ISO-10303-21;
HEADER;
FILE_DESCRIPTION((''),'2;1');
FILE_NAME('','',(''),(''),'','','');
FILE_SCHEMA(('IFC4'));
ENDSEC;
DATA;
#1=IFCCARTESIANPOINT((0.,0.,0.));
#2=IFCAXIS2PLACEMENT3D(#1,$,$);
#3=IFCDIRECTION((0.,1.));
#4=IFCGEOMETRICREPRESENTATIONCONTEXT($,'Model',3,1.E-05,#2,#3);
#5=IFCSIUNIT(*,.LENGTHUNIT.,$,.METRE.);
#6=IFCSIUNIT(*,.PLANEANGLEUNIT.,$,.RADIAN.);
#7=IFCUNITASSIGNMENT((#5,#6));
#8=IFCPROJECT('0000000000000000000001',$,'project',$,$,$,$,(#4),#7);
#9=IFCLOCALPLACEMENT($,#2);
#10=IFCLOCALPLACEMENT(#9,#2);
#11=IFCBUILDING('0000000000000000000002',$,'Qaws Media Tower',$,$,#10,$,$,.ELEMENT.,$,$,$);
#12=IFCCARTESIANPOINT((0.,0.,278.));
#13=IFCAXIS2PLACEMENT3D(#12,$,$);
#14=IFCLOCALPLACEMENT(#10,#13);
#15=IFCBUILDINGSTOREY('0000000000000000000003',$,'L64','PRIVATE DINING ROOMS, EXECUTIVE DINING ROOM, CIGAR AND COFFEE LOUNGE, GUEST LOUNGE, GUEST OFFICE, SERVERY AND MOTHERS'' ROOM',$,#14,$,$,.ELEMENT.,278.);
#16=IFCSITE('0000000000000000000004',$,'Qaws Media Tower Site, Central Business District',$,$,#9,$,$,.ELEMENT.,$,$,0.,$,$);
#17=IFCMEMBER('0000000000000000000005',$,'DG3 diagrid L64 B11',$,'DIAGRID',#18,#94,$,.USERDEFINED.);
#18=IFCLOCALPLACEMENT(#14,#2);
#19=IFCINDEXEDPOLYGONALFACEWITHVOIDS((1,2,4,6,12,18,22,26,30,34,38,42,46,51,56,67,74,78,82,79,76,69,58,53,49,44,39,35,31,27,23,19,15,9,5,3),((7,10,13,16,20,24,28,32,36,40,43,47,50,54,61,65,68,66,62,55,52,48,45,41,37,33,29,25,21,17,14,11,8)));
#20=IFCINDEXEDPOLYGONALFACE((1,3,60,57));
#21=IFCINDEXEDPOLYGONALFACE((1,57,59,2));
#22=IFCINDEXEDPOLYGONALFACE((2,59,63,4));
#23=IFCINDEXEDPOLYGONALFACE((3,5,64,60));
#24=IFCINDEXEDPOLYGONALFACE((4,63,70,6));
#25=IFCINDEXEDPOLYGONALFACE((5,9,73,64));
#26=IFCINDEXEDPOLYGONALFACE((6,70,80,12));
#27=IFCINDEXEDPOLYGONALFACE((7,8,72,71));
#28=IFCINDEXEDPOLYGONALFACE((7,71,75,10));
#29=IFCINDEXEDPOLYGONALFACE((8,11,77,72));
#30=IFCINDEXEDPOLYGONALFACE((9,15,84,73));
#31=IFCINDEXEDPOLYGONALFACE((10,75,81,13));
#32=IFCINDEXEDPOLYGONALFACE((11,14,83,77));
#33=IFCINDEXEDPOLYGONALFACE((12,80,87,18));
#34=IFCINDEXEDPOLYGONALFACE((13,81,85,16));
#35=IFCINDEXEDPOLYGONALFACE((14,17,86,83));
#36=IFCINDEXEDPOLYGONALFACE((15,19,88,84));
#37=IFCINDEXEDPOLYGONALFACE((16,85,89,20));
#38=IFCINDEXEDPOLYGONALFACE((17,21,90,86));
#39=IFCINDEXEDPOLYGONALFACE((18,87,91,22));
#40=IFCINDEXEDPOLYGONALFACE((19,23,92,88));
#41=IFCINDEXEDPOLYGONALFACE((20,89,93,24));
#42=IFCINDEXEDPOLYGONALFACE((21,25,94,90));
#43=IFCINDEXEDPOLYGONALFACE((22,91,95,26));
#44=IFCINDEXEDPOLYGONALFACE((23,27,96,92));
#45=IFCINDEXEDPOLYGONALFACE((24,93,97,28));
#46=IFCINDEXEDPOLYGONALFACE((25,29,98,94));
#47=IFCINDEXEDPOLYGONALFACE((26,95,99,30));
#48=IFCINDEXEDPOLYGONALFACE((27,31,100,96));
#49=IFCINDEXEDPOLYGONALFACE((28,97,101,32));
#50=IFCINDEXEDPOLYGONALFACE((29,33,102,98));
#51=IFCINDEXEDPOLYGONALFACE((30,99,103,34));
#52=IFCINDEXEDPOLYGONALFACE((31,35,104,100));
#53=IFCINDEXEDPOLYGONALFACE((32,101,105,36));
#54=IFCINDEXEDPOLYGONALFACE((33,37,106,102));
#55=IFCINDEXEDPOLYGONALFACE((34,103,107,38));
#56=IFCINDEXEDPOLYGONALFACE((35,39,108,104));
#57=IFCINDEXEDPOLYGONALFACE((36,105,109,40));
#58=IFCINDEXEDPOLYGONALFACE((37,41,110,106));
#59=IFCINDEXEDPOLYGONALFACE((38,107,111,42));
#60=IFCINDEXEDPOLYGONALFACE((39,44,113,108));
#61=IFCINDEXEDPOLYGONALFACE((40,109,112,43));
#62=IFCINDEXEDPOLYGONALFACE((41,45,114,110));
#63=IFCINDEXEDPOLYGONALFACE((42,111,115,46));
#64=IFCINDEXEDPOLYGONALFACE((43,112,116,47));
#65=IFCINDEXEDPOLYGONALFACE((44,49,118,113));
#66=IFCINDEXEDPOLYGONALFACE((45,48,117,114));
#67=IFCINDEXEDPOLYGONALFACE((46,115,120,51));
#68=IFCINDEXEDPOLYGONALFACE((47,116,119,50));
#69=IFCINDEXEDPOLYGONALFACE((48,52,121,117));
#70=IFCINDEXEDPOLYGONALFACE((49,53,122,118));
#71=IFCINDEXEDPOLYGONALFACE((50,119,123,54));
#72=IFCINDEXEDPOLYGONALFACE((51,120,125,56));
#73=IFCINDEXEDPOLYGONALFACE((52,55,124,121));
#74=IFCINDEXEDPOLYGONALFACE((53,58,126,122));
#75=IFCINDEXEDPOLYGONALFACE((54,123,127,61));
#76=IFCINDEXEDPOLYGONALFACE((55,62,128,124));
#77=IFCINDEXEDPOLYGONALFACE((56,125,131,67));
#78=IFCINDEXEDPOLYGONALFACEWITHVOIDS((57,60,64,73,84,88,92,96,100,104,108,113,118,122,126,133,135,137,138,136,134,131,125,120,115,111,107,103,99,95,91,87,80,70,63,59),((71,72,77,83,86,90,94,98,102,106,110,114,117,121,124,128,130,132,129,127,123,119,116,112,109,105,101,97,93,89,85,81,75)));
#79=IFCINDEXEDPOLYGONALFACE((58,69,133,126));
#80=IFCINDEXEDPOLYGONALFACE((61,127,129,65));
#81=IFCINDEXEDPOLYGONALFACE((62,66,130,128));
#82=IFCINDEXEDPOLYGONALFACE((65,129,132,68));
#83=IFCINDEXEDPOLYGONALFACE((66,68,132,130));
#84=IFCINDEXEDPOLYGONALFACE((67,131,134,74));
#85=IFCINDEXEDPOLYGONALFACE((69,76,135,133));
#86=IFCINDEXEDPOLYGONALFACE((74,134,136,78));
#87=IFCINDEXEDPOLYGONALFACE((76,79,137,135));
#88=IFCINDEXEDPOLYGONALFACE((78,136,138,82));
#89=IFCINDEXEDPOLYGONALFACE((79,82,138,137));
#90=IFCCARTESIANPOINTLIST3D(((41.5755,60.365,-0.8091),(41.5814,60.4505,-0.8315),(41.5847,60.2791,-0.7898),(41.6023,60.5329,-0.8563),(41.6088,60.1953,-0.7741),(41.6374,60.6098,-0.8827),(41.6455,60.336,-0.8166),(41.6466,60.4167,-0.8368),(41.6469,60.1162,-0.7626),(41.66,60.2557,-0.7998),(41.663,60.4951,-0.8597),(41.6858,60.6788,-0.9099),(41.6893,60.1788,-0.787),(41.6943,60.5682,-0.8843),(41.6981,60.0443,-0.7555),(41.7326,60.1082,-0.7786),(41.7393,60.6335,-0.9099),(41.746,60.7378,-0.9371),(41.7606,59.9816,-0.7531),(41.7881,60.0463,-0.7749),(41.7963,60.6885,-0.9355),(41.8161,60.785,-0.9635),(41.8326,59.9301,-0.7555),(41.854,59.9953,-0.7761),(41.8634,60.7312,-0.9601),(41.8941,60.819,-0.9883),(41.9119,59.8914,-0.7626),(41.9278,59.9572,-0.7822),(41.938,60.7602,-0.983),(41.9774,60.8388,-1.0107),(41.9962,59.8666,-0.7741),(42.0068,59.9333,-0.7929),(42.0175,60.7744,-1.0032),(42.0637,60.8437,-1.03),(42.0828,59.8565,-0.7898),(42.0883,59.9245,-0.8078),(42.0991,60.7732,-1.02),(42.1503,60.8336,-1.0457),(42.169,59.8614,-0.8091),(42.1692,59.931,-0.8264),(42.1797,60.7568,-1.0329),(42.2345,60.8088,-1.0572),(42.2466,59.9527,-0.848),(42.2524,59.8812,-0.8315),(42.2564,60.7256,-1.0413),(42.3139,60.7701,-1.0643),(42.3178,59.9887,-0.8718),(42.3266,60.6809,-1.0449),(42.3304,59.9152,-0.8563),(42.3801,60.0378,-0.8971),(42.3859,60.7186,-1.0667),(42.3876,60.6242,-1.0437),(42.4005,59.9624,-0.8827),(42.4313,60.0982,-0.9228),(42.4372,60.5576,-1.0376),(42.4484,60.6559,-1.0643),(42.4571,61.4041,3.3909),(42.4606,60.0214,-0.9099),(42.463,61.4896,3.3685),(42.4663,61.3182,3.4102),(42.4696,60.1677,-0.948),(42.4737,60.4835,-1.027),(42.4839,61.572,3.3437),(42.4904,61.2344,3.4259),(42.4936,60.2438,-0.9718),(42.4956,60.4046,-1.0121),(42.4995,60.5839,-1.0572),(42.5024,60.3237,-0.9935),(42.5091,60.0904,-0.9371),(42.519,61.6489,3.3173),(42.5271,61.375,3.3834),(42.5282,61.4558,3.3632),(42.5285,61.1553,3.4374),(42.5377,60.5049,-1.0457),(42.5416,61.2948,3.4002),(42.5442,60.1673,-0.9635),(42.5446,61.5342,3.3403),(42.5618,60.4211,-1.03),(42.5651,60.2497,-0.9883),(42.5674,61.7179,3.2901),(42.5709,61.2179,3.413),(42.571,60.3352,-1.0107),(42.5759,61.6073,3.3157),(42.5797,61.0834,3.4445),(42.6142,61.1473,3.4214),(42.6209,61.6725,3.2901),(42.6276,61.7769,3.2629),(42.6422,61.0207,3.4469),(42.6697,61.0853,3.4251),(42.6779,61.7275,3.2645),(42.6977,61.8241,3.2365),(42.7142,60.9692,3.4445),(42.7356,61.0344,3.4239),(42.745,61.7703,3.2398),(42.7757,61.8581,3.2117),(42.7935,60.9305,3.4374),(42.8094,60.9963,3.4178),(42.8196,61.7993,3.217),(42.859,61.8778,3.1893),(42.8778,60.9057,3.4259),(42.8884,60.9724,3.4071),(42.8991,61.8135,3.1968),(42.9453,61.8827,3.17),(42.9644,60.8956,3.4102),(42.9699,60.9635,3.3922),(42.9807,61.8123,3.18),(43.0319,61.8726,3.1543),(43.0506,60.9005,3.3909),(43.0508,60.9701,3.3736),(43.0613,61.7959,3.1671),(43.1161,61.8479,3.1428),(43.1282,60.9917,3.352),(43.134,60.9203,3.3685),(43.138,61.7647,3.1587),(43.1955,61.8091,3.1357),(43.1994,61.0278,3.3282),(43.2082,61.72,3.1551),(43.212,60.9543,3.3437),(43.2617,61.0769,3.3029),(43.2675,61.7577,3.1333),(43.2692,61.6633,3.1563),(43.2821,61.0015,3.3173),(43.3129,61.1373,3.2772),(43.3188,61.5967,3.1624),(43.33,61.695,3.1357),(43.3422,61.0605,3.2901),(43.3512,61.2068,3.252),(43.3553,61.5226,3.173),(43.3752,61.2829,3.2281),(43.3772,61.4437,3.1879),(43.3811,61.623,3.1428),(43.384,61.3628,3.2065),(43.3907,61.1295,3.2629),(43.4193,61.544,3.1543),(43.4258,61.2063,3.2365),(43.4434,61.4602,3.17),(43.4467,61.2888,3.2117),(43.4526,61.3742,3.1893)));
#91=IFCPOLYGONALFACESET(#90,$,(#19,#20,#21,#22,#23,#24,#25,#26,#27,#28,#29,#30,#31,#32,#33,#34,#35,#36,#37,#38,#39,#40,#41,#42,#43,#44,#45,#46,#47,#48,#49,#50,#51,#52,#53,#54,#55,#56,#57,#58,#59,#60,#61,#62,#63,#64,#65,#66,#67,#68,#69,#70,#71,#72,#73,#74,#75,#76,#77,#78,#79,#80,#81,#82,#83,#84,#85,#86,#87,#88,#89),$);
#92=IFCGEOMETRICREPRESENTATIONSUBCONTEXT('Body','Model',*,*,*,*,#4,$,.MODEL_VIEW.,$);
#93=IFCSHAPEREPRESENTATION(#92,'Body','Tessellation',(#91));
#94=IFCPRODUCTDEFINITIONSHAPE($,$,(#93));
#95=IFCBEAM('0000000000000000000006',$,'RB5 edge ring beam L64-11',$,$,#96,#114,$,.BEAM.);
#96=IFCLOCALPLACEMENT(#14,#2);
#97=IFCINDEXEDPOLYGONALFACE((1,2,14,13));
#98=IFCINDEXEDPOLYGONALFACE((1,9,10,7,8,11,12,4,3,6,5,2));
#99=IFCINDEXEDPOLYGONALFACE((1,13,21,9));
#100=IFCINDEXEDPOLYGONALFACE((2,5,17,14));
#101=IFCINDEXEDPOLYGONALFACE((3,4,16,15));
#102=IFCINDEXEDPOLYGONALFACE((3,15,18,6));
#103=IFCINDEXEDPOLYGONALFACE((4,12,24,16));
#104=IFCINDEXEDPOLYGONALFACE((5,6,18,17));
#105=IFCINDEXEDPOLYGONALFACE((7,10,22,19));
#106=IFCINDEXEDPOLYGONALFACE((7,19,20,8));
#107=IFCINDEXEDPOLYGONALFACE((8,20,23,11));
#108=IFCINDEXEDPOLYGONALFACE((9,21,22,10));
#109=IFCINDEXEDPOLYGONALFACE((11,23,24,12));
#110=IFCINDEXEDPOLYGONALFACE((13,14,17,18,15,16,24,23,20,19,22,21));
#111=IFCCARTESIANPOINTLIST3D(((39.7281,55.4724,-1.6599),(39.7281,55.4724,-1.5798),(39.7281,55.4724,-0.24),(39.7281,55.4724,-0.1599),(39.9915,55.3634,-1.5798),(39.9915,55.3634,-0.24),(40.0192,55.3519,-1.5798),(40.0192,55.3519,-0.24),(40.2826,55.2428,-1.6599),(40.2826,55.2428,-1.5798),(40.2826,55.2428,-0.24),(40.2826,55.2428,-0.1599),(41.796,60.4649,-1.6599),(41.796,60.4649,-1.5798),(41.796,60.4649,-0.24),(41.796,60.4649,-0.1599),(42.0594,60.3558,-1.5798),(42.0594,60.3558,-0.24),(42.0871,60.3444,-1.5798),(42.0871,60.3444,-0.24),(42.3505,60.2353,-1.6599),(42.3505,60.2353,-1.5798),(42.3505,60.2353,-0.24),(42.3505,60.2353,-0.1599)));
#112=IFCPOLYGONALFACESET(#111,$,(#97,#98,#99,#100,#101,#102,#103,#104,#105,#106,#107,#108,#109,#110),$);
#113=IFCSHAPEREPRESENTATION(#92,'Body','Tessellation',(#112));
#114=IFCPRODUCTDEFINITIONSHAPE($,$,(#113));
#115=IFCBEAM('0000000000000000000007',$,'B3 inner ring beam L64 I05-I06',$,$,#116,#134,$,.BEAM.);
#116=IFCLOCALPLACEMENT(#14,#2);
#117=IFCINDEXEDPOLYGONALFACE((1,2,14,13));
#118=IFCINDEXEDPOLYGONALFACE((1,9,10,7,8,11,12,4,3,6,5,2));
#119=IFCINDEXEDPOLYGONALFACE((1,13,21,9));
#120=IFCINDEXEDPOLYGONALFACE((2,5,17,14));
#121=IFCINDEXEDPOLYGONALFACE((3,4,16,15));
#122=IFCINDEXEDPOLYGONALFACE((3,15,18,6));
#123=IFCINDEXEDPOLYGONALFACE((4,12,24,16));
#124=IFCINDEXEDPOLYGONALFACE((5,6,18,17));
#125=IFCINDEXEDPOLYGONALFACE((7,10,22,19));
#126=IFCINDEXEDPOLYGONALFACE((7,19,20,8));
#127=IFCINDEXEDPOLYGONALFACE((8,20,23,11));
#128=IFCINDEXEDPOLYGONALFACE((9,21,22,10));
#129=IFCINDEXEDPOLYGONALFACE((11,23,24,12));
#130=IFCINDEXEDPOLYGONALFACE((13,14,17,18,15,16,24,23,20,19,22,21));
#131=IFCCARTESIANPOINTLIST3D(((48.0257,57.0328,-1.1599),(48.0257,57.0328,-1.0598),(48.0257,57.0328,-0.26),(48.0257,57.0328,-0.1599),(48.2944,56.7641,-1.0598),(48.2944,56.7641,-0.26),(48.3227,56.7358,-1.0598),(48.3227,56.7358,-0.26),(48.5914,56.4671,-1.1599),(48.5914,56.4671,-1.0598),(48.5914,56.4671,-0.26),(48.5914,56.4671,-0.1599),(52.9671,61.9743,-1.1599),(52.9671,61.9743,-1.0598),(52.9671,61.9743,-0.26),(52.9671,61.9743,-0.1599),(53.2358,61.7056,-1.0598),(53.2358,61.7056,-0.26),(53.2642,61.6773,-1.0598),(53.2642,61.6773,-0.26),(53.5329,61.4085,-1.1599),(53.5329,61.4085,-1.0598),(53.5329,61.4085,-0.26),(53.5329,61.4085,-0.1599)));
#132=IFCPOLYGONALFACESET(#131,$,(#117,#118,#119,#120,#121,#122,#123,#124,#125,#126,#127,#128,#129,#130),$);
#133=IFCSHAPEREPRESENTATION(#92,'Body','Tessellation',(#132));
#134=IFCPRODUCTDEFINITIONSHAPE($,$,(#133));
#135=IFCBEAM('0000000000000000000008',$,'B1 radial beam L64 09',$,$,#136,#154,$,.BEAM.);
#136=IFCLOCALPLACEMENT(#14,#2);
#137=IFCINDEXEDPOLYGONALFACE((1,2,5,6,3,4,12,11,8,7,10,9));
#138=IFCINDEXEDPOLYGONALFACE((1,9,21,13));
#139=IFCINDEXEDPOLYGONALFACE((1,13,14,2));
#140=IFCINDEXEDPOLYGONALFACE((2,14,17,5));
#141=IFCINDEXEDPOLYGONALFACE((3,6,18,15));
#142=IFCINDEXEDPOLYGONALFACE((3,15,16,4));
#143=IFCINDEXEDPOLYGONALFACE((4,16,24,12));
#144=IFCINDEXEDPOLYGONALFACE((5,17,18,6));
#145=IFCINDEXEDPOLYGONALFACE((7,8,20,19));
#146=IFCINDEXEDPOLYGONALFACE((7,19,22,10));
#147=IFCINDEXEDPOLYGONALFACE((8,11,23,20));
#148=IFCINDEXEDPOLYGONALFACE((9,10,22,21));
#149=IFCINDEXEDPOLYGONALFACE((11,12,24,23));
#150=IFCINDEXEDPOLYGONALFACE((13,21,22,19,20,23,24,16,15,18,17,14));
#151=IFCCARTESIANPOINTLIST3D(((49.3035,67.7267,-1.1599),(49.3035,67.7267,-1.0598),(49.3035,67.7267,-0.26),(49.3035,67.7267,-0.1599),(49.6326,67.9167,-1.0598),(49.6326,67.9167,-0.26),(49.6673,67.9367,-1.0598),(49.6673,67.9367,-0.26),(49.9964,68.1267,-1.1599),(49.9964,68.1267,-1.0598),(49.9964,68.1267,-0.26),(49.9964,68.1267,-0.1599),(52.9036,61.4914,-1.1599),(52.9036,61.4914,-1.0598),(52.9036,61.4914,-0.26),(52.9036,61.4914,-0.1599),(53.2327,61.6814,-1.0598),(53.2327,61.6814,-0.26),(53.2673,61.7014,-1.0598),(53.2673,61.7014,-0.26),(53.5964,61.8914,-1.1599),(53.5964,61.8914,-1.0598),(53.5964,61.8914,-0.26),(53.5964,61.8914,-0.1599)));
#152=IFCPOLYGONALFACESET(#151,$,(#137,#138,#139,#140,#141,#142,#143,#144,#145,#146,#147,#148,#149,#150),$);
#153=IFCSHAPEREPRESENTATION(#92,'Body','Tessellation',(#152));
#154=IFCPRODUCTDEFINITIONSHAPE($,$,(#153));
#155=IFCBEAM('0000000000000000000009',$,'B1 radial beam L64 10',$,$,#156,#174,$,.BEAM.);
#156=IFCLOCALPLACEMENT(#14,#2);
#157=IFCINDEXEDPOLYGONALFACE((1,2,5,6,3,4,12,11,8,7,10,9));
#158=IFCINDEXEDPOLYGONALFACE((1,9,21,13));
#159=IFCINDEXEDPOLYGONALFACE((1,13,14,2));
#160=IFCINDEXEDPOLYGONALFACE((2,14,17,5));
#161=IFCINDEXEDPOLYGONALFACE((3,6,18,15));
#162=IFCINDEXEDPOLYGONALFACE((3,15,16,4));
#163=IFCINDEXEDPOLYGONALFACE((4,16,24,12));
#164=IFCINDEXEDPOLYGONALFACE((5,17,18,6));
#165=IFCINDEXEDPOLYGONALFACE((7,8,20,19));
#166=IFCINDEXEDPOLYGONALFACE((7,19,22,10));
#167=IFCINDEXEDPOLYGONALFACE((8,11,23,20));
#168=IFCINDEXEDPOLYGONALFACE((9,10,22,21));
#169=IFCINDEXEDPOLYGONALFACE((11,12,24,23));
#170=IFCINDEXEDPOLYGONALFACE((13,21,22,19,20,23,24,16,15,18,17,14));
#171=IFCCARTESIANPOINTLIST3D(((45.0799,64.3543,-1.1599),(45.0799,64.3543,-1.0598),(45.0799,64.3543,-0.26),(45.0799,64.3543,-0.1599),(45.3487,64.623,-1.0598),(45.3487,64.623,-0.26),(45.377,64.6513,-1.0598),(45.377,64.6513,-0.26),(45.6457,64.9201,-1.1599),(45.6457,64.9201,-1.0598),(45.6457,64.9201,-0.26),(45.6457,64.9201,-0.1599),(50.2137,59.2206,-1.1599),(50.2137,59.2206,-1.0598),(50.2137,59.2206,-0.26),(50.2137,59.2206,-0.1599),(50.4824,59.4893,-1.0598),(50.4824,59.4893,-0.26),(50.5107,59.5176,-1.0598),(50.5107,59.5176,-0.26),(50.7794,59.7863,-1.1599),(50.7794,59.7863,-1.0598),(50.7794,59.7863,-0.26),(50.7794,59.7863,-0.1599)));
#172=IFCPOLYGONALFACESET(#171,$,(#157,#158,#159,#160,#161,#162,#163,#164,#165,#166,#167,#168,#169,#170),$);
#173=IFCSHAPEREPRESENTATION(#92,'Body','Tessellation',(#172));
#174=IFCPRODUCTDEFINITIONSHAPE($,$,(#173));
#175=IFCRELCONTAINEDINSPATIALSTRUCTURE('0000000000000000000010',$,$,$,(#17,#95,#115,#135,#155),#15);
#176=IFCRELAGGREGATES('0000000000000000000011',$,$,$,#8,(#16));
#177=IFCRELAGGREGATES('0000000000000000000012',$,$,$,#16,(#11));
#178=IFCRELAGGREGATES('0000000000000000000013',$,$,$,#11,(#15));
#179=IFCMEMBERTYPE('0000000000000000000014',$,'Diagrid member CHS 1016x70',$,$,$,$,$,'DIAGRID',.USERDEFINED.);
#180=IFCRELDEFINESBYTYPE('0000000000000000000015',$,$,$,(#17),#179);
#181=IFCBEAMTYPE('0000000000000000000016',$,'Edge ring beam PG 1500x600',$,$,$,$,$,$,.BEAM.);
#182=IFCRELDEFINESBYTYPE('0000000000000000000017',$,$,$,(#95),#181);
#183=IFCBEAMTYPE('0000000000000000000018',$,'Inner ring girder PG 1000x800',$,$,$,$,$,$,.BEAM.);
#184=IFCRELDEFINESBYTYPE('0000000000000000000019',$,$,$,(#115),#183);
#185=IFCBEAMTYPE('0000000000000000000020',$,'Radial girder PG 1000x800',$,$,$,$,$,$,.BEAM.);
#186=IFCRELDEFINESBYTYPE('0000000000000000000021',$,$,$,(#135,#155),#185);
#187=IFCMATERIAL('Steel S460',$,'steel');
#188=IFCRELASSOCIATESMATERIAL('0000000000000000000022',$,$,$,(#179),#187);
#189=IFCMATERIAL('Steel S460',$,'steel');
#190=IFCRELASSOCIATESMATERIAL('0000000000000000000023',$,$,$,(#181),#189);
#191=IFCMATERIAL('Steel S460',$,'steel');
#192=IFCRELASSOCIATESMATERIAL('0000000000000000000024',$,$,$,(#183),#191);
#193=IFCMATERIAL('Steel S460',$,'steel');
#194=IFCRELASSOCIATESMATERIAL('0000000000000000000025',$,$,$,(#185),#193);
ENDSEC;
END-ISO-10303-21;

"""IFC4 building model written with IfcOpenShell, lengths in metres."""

from ifc_helpers import new_model, si_unit, direction, frame, origin, origin_2d, place, context, subcontext, project, spatial, hollow_circle, i_section, extrude, material, material_profile, profile_set, type_object, element, save


model = new_model("IFC4")

# Units and contexts
model_context = context("Model", 3, precision=1e-05, world=origin(), true_north=direction((0.0, 1.0)))
body_context = subcontext(model_context, "Body", "Model", "MODEL_VIEW")
ifc_project = project(units=[si_unit("LENGTHUNIT", "METRE"), si_unit("PLANEANGLEUNIT", "RADIAN")], contexts=[model_context])

# Site, building, storey
site_placement = place(None, origin())
site = spatial("IfcSite", under=ifc_project, at=site_placement, Name="Qaws Media Tower Site, Central Business District", CompositionType="ELEMENT", RefElevation=0.0)
building_placement = place(site_placement, origin())
building = spatial("IfcBuilding", under=site, at=building_placement, Name="Qaws Media Tower", CompositionType="ELEMENT")
storey_placement = place(building_placement, frame((0.0, 0.0, 278.0)))
storey = spatial("IfcBuildingStorey", under=building, at=storey_placement, Name="L64", Description="PRIVATE DINING ROOMS, EXECUTIVE DINING ROOM, CIGAR AND COFFEE LOUNGE, GUEST LOUNGE, GUEST OFFICE, SERVERY AND MOTHERS' ROOM", CompositionType="ELEMENT", Elevation=278.0)

# Member
ifc_material_1 = material(Name="Steel S460", Category="steel")
ifc_material_profile_1 = material_profile(ifc_material_1, hollow_circle(Radius=0.5081, WallThickness=0.0701, at=origin_2d()), Name="CHS 1016x70")
ifc_profile_set_1 = profile_set([ifc_material_profile_1], Name="Steel S460")
member_type_1 = type_object("IfcMemberType", Name="Diagrid member CHS 1016x70", ElementType="DIAGRID", PredefinedType="USERDEFINED", material=ifc_profile_set_1)
for number, where, z_axis, x_axis, name in (
    (1, (42.0732, 60.3501, -0.9099), (0.199659, 0.235323, 0.951188), (-0.762523, 0.646962, 0.0), "DG3 diagrid L64 B11"),
):
    element("IfcMember", number, at=place(storey_placement, frame(where, z_axis=z_axis, x_axis=x_axis)), inside=storey, type_object=member_type_1, Name=name, ObjectType="DIAGRID", PredefinedType="USERDEFINED", context=body_context, shape_type="SweptSolid", body=[
        extrude(hollow_circle(Radius=0.5081, WallThickness=0.0701, at=origin_2d()), origin(), (0.0, 0.0, 1.0), 4.4155),
    ])

# Beams
ifc_material_2 = material(Name="Steel S460", Category="steel")
ifc_material_profile_2 = material_profile(ifc_material_2, i_section(OverallWidth=0.6001, OverallDepth=1.5, WebThickness=0.03, FlangeThickness=0.0801, at=origin_2d()), Name="PG 1500x600")
ifc_profile_set_2 = profile_set([ifc_material_profile_2], Name="Steel S460")
beam_type_1 = type_object("IfcBeamType", Name="Edge ring beam PG 1500x600", PredefinedType="BEAM", material=ifc_profile_set_2)
beam_1_placement = place(storey_placement, frame((42.0732, 60.3501, -0.9099), z_axis=(-0.382674, -0.923884, 0.0), x_axis=(0.923884, -0.382674, 0.0)))
element("IfcBeam", 2, at=beam_1_placement, inside=storey, type_object=beam_type_1, Name="RB5 edge ring beam L64-11", PredefinedType="BEAM", context=body_context, shape_type="SweptSolid", body=[
    extrude(i_section(OverallWidth=0.6001, OverallDepth=1.5, WebThickness=0.03, FlangeThickness=0.0801, at=origin_2d()), origin(), (0.0, 0.0, 1.0), 5.4038),
])
ifc_material_3 = material(Name="Steel S460", Category="steel")
ifc_material_profile_3 = material_profile(ifc_material_3, i_section(OverallWidth=0.8, OverallDepth=1.0, WebThickness=0.04, FlangeThickness=0.1001, at=origin_2d()), Name="PG 1000x800")
ifc_profile_set_3 = profile_set([ifc_material_profile_3], Name="Steel S460")
beam_type_2 = type_object("IfcBeamType", Name="Inner ring girder PG 1000x800", PredefinedType="BEAM", material=ifc_profile_set_3)
beam_2_placement = place(storey_placement, frame((53.25, 61.6914, -0.6599), z_axis=(-0.707107, -0.707107, 0.0), x_axis=(0.707107, -0.707107, 0.0)))
element("IfcBeam", 3, at=beam_2_placement, inside=storey, type_object=beam_type_2, Name="B3 inner ring beam L64 I05-I06", PredefinedType="BEAM", context=body_context, shape_type="SweptSolid", body=[
    extrude(i_section(OverallWidth=0.8, OverallDepth=1.0, WebThickness=0.04, FlangeThickness=0.1001, at=origin_2d()), origin(), (0.0, 0.0, 1.0), 6.9883),
])
ifc_material_4 = material(Name="Steel S460", Category="steel")
ifc_material_profile_4 = material_profile(ifc_material_4, i_section(OverallWidth=0.8, OverallDepth=1.0, WebThickness=0.04, FlangeThickness=0.1001, at=origin_2d()), Name="PG 1000x800")
ifc_profile_set_4 = profile_set([ifc_material_profile_4], Name="Steel S460")
beam_type_3 = type_object("IfcBeamType", Name="Radial girder PG 1000x800", PredefinedType="BEAM", material=ifc_profile_set_4)
beam_3_placement = place(storey_placement, frame((53.25, 61.6914, -0.6599), z_axis=(-0.500012, 0.866018, 0.0), x_axis=(-0.866018, -0.500012, 0.0)))
element("IfcBeam", 4, at=beam_3_placement, inside=storey, type_object=beam_type_3, Name="B1 radial beam L64 09", PredefinedType="BEAM", context=body_context, shape_type="SweptSolid", body=[
    extrude(i_section(OverallWidth=0.8, OverallDepth=1.0, WebThickness=0.04, FlangeThickness=0.1001, at=origin_2d()), origin(), (0.0, 0.0, 1.0), 7.2),
])
beam_4_placement = place(storey_placement, frame((50.4966, 59.5034, -0.6599), z_axis=(-0.707107, 0.707107, 0.0), x_axis=(-0.707107, -0.707107, 0.0)))
element("IfcBeam", 5, at=beam_4_placement, inside=storey, type_object=beam_type_3, Name="B1 radial beam L64 10", PredefinedType="BEAM", context=body_context, shape_type="SweptSolid", body=[
    extrude(i_section(OverallWidth=0.8, OverallDepth=1.0, WebThickness=0.04, FlangeThickness=0.1001, at=origin_2d()), origin(), (0.0, 0.0, 1.0), 7.2603),
])

save(model, "model.ifc")
